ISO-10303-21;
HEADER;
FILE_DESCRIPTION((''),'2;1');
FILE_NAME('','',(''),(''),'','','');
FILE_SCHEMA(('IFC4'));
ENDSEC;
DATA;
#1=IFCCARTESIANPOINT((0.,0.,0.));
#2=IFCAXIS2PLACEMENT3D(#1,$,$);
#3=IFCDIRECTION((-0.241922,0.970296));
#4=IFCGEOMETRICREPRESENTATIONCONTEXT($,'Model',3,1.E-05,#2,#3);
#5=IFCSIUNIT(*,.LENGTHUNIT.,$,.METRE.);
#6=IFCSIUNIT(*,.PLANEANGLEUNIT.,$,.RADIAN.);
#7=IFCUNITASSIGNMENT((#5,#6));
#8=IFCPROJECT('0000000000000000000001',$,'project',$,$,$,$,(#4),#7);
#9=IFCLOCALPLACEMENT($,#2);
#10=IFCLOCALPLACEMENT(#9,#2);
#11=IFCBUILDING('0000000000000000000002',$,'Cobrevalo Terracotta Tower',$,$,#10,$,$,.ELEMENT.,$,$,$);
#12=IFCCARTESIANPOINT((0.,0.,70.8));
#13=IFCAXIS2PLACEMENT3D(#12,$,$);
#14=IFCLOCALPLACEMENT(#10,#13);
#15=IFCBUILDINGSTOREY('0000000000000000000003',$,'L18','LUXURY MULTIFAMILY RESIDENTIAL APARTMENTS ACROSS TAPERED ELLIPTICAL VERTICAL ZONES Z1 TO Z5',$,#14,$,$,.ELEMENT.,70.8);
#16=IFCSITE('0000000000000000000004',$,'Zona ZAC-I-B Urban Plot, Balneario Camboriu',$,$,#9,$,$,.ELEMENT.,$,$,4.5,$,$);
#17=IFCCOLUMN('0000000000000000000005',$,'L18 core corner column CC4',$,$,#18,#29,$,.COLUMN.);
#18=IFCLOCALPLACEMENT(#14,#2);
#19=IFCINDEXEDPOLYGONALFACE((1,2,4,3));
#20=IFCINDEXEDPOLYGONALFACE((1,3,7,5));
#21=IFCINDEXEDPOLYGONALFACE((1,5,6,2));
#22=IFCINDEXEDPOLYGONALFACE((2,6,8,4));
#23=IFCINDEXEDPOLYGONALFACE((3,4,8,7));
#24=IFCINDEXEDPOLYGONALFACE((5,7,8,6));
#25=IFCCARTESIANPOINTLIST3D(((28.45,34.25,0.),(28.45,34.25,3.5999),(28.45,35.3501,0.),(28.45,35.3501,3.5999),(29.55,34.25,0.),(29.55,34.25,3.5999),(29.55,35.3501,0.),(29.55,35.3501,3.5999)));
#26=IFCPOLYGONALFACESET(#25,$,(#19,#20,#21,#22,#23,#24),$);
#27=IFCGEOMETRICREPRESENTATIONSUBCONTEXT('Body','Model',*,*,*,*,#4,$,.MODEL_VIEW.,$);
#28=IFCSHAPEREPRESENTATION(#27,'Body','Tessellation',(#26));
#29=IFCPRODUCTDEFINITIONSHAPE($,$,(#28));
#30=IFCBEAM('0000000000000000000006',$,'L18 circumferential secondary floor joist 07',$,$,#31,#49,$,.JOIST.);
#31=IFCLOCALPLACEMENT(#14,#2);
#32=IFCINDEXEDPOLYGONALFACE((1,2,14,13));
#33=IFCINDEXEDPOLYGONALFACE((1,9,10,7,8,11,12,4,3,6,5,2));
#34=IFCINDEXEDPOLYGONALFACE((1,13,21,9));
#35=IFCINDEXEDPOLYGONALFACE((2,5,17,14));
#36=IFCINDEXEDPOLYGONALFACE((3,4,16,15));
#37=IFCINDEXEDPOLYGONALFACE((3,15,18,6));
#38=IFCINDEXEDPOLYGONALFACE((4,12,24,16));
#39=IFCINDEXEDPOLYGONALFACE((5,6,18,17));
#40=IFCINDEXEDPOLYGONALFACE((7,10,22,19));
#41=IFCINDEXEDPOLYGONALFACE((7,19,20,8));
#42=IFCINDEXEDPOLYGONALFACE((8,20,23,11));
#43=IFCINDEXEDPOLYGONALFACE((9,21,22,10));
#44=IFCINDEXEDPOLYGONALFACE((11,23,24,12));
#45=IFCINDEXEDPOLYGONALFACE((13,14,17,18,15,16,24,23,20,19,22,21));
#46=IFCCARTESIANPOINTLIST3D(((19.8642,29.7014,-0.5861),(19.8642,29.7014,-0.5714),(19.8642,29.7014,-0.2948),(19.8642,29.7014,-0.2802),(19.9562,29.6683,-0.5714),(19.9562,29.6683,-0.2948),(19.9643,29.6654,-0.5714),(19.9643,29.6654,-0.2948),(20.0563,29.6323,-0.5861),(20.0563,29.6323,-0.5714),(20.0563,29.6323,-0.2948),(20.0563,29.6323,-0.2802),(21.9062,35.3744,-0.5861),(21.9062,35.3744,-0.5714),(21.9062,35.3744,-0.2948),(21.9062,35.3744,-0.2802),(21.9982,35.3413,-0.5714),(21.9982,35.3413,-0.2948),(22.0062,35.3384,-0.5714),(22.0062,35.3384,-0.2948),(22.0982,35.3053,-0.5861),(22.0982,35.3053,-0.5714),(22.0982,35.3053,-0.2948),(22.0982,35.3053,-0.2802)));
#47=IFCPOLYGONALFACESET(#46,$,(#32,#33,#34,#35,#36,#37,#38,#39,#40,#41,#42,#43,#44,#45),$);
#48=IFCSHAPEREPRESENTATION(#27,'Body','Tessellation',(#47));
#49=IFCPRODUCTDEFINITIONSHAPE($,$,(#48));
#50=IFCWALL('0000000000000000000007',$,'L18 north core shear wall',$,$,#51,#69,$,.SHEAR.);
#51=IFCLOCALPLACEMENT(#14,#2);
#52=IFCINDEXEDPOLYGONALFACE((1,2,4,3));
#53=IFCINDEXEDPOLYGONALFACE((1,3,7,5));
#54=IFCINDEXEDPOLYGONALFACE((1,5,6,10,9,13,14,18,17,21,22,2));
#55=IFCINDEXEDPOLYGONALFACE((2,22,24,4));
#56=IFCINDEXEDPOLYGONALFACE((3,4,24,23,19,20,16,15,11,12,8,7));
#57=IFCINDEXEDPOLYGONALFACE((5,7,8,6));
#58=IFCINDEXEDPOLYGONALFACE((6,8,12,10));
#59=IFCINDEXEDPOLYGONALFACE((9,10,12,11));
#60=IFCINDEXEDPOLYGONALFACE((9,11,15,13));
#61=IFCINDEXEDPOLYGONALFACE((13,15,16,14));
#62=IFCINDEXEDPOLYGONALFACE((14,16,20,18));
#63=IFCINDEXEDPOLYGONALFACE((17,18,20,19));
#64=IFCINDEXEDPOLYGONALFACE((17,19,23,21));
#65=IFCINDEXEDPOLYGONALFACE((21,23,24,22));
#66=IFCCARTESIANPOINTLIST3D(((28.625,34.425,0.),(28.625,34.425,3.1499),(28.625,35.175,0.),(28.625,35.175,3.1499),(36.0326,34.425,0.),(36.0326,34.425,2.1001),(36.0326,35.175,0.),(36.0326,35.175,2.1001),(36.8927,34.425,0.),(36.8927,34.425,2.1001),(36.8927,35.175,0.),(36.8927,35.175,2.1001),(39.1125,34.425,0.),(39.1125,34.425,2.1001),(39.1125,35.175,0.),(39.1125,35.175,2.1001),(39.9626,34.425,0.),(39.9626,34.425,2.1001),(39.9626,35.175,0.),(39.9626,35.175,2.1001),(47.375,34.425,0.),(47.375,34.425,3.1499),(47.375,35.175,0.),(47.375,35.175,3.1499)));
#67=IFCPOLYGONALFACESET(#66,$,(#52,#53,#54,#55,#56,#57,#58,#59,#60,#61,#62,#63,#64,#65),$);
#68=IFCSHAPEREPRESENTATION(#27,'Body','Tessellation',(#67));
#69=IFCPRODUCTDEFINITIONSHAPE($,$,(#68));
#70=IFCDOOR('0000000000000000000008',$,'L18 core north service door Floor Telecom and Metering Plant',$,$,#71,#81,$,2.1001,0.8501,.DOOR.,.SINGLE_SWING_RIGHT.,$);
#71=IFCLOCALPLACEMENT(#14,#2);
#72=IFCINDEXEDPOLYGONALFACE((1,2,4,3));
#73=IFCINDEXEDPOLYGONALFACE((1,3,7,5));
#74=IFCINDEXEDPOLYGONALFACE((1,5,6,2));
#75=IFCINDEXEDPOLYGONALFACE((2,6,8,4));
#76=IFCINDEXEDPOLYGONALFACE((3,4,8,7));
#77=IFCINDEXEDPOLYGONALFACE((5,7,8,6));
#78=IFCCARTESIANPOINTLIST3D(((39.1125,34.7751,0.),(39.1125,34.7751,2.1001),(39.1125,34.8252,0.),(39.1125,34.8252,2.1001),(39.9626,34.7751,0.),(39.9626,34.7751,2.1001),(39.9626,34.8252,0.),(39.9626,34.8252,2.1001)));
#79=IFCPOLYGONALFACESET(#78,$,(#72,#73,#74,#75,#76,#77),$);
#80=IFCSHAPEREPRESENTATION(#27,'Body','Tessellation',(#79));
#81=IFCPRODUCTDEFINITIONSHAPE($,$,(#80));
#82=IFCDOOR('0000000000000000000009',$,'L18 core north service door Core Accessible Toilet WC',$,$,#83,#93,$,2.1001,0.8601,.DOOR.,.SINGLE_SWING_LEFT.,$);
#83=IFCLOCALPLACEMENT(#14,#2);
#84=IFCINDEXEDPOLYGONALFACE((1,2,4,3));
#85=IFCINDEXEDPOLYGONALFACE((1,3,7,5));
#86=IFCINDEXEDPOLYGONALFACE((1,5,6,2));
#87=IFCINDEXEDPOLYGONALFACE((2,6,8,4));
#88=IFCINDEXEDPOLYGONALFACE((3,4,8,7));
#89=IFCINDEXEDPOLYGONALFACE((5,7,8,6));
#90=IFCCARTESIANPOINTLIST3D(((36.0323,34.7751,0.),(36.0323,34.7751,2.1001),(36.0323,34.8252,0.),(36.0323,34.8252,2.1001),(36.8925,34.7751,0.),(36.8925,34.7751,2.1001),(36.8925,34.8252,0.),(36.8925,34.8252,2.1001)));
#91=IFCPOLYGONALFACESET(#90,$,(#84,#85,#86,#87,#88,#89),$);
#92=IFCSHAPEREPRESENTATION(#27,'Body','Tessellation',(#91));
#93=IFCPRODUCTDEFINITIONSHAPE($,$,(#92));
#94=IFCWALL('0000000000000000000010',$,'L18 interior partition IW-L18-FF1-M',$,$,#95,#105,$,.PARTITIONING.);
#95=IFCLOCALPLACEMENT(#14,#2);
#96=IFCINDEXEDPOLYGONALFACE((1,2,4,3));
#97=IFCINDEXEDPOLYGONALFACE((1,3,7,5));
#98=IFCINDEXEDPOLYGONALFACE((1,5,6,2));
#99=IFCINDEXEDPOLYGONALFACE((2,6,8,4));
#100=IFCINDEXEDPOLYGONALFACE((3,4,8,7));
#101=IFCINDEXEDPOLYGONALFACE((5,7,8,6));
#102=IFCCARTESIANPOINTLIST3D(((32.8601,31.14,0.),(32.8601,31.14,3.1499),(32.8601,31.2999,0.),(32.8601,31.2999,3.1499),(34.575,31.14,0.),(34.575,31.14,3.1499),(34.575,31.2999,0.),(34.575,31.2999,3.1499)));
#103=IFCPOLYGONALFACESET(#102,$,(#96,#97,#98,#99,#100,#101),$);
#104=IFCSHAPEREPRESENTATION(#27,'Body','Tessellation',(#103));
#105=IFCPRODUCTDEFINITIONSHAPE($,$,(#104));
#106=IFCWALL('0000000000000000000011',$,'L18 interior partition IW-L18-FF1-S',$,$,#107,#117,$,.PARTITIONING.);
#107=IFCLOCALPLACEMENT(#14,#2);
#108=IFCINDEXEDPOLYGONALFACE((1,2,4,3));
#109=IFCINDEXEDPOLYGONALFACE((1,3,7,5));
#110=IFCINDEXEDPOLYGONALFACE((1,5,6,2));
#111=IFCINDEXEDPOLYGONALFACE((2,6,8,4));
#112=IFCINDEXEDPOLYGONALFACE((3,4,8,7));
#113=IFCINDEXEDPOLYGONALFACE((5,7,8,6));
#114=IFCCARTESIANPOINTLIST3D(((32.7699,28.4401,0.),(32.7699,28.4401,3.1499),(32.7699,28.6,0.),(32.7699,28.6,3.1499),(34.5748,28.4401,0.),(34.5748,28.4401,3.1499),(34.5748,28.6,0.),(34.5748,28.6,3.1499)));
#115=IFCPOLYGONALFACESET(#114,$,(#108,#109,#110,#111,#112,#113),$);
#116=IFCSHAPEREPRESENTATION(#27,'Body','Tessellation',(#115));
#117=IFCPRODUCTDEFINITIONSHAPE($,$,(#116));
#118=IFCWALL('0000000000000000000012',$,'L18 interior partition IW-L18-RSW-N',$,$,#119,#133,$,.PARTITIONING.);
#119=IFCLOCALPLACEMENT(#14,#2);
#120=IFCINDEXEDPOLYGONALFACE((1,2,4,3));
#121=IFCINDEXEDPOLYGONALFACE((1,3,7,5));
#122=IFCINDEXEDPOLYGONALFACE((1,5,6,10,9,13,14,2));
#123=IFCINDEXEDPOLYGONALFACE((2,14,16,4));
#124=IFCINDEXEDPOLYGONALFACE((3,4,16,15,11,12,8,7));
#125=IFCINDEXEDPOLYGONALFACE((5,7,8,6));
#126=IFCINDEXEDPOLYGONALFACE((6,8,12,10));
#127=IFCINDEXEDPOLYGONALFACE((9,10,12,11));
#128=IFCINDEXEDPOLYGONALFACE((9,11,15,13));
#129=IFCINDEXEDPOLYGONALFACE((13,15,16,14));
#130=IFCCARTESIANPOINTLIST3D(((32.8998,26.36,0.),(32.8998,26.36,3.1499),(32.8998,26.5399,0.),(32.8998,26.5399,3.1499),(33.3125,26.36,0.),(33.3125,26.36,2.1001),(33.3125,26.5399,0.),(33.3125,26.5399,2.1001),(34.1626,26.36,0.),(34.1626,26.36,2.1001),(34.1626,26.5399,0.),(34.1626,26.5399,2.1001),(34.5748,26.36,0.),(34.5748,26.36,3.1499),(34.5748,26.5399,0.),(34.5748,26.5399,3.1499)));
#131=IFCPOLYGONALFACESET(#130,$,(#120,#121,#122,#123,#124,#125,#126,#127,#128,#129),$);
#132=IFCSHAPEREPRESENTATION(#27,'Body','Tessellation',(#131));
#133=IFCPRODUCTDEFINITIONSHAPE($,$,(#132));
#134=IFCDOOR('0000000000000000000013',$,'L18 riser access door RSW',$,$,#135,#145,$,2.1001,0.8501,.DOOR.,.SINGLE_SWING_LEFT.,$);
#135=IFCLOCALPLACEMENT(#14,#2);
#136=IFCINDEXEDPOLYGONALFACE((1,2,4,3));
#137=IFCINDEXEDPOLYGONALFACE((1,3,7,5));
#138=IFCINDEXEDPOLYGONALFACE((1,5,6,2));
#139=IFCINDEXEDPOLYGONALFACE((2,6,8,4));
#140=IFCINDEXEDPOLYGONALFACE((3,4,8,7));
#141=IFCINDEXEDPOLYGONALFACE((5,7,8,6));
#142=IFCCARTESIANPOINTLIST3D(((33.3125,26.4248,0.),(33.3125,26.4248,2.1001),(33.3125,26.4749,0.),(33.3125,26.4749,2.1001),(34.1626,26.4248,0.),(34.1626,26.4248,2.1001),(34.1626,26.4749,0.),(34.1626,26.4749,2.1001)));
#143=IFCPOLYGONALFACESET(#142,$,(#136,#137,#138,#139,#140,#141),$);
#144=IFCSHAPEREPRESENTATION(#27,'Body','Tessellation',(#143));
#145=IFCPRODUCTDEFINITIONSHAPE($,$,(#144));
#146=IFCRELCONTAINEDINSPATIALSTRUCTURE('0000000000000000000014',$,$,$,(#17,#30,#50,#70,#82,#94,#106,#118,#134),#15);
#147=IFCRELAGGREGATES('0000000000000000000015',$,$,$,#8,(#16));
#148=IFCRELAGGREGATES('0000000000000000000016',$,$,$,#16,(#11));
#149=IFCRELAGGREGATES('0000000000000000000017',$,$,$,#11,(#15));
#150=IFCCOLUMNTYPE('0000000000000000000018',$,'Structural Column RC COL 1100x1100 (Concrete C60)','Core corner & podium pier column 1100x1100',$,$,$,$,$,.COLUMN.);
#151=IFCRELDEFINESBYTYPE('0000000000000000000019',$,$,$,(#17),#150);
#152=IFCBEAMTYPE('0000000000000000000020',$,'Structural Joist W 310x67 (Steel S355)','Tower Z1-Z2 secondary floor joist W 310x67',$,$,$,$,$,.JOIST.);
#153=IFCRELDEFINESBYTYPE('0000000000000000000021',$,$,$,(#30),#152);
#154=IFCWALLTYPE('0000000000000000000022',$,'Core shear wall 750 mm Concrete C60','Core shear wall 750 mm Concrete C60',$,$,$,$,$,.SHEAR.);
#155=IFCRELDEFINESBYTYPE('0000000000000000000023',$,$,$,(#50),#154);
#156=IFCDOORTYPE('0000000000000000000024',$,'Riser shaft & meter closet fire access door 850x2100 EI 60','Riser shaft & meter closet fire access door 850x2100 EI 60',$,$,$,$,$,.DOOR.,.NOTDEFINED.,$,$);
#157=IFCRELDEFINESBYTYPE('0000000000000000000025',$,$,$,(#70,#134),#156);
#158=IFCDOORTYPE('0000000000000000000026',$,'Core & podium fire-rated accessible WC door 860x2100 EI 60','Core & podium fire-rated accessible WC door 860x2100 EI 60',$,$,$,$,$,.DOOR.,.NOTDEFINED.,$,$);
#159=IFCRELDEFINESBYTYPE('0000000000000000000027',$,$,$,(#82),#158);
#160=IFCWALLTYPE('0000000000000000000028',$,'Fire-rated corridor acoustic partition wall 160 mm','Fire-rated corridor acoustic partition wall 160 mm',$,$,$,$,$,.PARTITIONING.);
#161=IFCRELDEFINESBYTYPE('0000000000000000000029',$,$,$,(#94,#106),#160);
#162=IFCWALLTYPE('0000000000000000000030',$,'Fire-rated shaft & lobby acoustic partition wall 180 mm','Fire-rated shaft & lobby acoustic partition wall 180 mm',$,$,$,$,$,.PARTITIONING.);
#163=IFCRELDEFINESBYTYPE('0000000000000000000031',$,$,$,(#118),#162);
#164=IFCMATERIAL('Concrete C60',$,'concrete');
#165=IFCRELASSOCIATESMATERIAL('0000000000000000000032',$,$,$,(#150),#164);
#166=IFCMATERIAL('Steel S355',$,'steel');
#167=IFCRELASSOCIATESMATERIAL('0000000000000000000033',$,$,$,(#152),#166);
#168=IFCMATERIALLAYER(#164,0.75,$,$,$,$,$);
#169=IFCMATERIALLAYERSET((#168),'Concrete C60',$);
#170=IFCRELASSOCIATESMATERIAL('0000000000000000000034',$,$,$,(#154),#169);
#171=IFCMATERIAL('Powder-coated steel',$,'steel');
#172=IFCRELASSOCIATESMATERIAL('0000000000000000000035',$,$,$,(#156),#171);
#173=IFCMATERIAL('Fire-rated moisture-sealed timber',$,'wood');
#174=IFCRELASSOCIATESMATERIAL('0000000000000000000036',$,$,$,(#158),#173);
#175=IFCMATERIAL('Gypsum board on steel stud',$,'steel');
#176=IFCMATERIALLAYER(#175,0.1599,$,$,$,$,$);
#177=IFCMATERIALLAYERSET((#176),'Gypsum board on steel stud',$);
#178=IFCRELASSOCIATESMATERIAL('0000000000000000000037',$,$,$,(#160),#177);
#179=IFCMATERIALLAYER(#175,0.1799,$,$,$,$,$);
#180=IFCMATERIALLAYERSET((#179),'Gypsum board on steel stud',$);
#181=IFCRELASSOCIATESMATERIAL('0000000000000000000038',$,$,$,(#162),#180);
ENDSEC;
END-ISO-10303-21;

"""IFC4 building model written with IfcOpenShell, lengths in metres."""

from ifc_helpers import new_model, si_unit, direction, frame, frame_2d, origin, origin_2d, place, context, subcontext, project, spatial, rectangle, i_section, extrude, source, transform, mapped, material, layer, layer_set, material_profile, profile_set, type_object, element, fill, save


model = new_model("IFC4")

# Units and contexts
model_context = context("Model", 3, precision=1e-05, world=origin(), true_north=direction((-0.241922, 0.970296)))
body_context = subcontext(model_context, "Body", "Model", "MODEL_VIEW")
ifc_project = project(units=[si_unit("LENGTHUNIT", "METRE"), si_unit("PLANEANGLEUNIT", "RADIAN")], contexts=[model_context])

# Site, building, storey
site_placement = place(None, origin())
site = spatial("IfcSite", under=ifc_project, at=site_placement, Name="Zona ZAC-I-B Urban Plot, Balneario Camboriu", CompositionType="ELEMENT", RefElevation=4.5)
building_placement = place(site_placement, origin())
building = spatial("IfcBuilding", under=site, at=building_placement, Name="Cobrevalo Terracotta Tower", CompositionType="ELEMENT")
storey_placement = place(building_placement, frame((0.0, 0.0, 70.8)))
storey = spatial("IfcBuildingStorey", under=building, at=storey_placement, Name="L18", Description="LUXURY MULTIFAMILY RESIDENTIAL APARTMENTS ACROSS TAPERED ELLIPTICAL VERTICAL ZONES Z1 TO Z5", CompositionType="ELEMENT", Elevation=70.8)

# Column
ifc_material_1 = material(Name="Concrete C60", Category="concrete")
ifc_material_profile_1 = material_profile(ifc_material_1, rectangle(XDim=1.1001, YDim=1.1001, at=origin_2d()), Name="RC COL 1100x1100")
ifc_profile_set_1 = profile_set([ifc_material_profile_1], Name="Concrete C60")
column_type = type_object("IfcColumnType", Name="Structural Column RC COL 1100x1100 (Concrete C60)", Description="Core corner & podium pier column 1100x1100", PredefinedType="COLUMN", material=ifc_profile_set_1)
column_placement = place(storey_placement, frame((29.0, 34.8, 0.0), z_axis=(0.0, 0.0, 1.0), x_axis=(1.0, 0.0, 0.0)))
element("IfcColumn", 1, at=column_placement, inside=storey, type_object=column_type, Name="L18 core corner column CC4", PredefinedType="COLUMN", context=body_context, shape_type="SweptSolid", body=[
    extrude(rectangle(XDim=1.1001, YDim=1.1001, at=origin_2d()), origin(), (0.0, 0.0, 1.0), 3.5999),
])

# Beam
ifc_material_2 = material(Name="Steel S355", Category="steel")
ifc_material_profile_2 = material_profile(ifc_material_2, i_section(OverallWidth=0.2041, OverallDepth=0.3059, WebThickness=0.0085, FlangeThickness=0.0146, at=origin_2d()), Name="W 310x67")
ifc_profile_set_2 = profile_set([ifc_material_profile_2], Name="Steel S355")
beam_type = type_object("IfcBeamType", Name="Structural Joist W 310x67 (Steel S355)", Description="Tower Z1-Z2 secondary floor joist W 310x67", PredefinedType="JOIST", material=ifc_profile_set_2)
beam_placement = place(storey_placement, frame((22.0022, 35.3398, -0.4331), z_axis=(-0.338672, -0.940904, 0.0), x_axis=(0.940904, -0.338672, 0.0)))
element("IfcBeam", 2, at=beam_placement, inside=storey, type_object=beam_type, Name="L18 circumferential secondary floor joist 07", PredefinedType="JOIST", context=body_context, shape_type="SweptSolid", body=[
    extrude(i_section(OverallWidth=0.2041, OverallDepth=0.3059, WebThickness=0.0085, FlangeThickness=0.0146, at=origin_2d()), origin(), (0.0, 0.0, 1.0), 6.0293),
])

# Wall, openings, doors
ifc_layer_1 = layer(ifc_material_1, 0.75)
ifc_layer_set_1 = layer_set([ifc_layer_1], Name="Concrete C60")
wall_type_1 = type_object("IfcWallType", Name="Core shear wall 750 mm Concrete C60", Description="Core shear wall 750 mm Concrete C60", PredefinedType="SHEAR", material=ifc_layer_set_1)
wall_1_placement = place(storey_placement, frame((28.625, 34.8, 0.0), z_axis=(0.0, 0.0, 1.0), x_axis=(1.0, 0.0, 0.0)))
wall_1 = element("IfcWall", 3, at=wall_1_placement, inside=storey, type_object=wall_type_1, Name="L18 north core shear wall", PredefinedType="SHEAR", context=body_context, shape_type="SweptSolid", body=[
    extrude(rectangle(XDim=18.75, YDim=0.75, at=frame_2d((9.375, 0.0))), origin(), (0.0, 0.0, 1.0), 3.1499),
])
opening_1_placement = place(wall_1_placement, frame((7.4075, 0.0, 0.0)))
opening_1 = element("IfcOpeningElement", 4, at=opening_1_placement, cuts=wall_1, PredefinedType="OPENING", context=body_context, shape_type="SweptSolid", body=[
    extrude(rectangle(XDim=0.8601, YDim=2.1001, at=frame_2d((0.4302, 1.05))), frame((0.0, 0.385, 0.0), z_axis=(0.0, -1.0, 0.0), x_axis=(1.0, 0.0, 0.0)), (0.0, 0.0, 1.0), 0.77),
])
opening_2_placement = place(wall_1_placement, frame((10.4875, 0.0, 0.0)))
opening_2 = element("IfcOpeningElement", 5, at=opening_2_placement, cuts=wall_1, PredefinedType="OPENING", context=body_context, shape_type="SweptSolid", body=[
    extrude(rectangle(XDim=0.8501, YDim=2.1001, at=frame_2d((0.425, 1.05))), frame((0.0, 0.385, 0.0), z_axis=(0.0, -1.0, 0.0), x_axis=(1.0, 0.0, 0.0)), (0.0, 0.0, 1.0), 0.77),
])
ifc_material_3 = material(Name="Powder-coated steel", Category="steel")
door_type_1 = type_object("IfcDoorType", Name="Riser shaft & meter closet fire access door 850x2100 EI 60", Description="Riser shaft & meter closet fire access door 850x2100 EI 60", OperationType="NOTDEFINED", PredefinedType="DOOR", material=ifc_material_3)
shared_shape_1 = source(origin(), body_context, "Body", "SweptSolid", [
    extrude(rectangle(XDim=0.8501, YDim=2.1001, at=frame_2d((0.425, 1.05))), frame((0.0, 0.0249, 0.0), z_axis=(0.0, -1.0, 0.0), x_axis=(1.0, 0.0, 0.0)), (0.0, 0.0, 1.0), 0.05),
])
door_1_placement = place(opening_2_placement, frame((0.8501, 0.0, 0.0), z_axis=(0.0, 0.0, 1.0), x_axis=(-1.0, 0.0, 0.0)))
door_1 = element("IfcDoor", 6, at=door_1_placement, inside=storey, type_object=door_type_1, Name="L18 core north service door Floor Telecom and Metering Plant", OperationType="SINGLE_SWING_RIGHT", OverallHeight=2.1001, OverallWidth=0.8501, PredefinedType="DOOR", context=body_context, shape_type="MappedRepresentation", body=[
    mapped(shared_shape_1, transform((0.0, 0.0, 0.0), scale=1.0)),
])
fill(opening_2, door_1)
ifc_material_4 = material(Name="Fire-rated moisture-sealed timber", Category="wood")
door_type_2 = type_object("IfcDoorType", Name="Core & podium fire-rated accessible WC door 860x2100 EI 60", Description="Core & podium fire-rated accessible WC door 860x2100 EI 60", OperationType="NOTDEFINED", PredefinedType="DOOR", material=ifc_material_4)
shared_shape_2 = source(origin(), body_context, "Body", "SweptSolid", [
    extrude(rectangle(XDim=0.8601, YDim=2.1001, at=frame_2d((0.4302, 1.05))), frame((0.0, 0.0249, 0.0), z_axis=(0.0, -1.0, 0.0), x_axis=(1.0, 0.0, 0.0)), (0.0, 0.0, 1.0), 0.05),
])
door_2_placement = place(opening_1_placement, frame((0.8601, 0.0, 0.0), z_axis=(0.0, 0.0, 1.0), x_axis=(-1.0, 0.0, 0.0)))
door_2 = element("IfcDoor", 7, at=door_2_placement, inside=storey, type_object=door_type_2, Name="L18 core north service door Core Accessible Toilet WC", OperationType="SINGLE_SWING_LEFT", OverallHeight=2.1001, OverallWidth=0.8601, PredefinedType="DOOR", context=body_context, shape_type="MappedRepresentation", body=[
    mapped(shared_shape_2, transform((0.0, 0.0, 0.0), scale=1.0)),
])
fill(opening_1, door_2)

# Walls
ifc_material_5 = material(Name="Gypsum board on steel stud", Category="steel")
ifc_layer_2 = layer(ifc_material_5, 0.1599)
ifc_layer_set_2 = layer_set([ifc_layer_2], Name="Gypsum board on steel stud")
wall_type_2 = type_object("IfcWallType", Name="Fire-rated corridor acoustic partition wall 160 mm", Description="Fire-rated corridor acoustic partition wall 160 mm", PredefinedType="PARTITIONING", material=ifc_layer_set_2)
wall_2_placement = place(storey_placement, frame((32.8601, 31.22, 0.0), z_axis=(0.0, 0.0, 1.0), x_axis=(1.0, 0.0, 0.0)))
element("IfcWall", 8, at=wall_2_placement, inside=storey, type_object=wall_type_2, Name="L18 interior partition IW-L18-FF1-M", PredefinedType="PARTITIONING", context=body_context, shape_type="SweptSolid", body=[
    extrude(rectangle(XDim=1.7148, YDim=0.1599, at=frame_2d((0.8574, 0.0))), origin(), (0.0, 0.0, 1.0), 3.1499),
])
wall_3_placement = place(storey_placement, frame((32.77, 28.52, 0.0), z_axis=(0.0, 0.0, 1.0), x_axis=(1.0, 0.0, 0.0)))
element("IfcWall", 9, at=wall_3_placement, inside=storey, type_object=wall_type_2, Name="L18 interior partition IW-L18-FF1-S", PredefinedType="PARTITIONING", context=body_context, shape_type="SweptSolid", body=[
    extrude(rectangle(XDim=1.8049, YDim=0.1599, at=frame_2d((0.9023, 0.0))), origin(), (0.0, 0.0, 1.0), 3.1499),
])

# Wall, opening, door
ifc_layer_3 = layer(ifc_material_5, 0.1799)
ifc_layer_set_3 = layer_set([ifc_layer_3], Name="Gypsum board on steel stud")
wall_type_3 = type_object("IfcWallType", Name="Fire-rated shaft & lobby acoustic partition wall 180 mm", Description="Fire-rated shaft & lobby acoustic partition wall 180 mm", PredefinedType="PARTITIONING", material=ifc_layer_set_3)
wall_4_placement = place(storey_placement, frame((32.8999, 26.45, 0.0), z_axis=(0.0, 0.0, 1.0), x_axis=(1.0, 0.0, 0.0)))
wall_4 = element("IfcWall", 10, at=wall_4_placement, inside=storey, type_object=wall_type_3, Name="L18 interior partition IW-L18-RSW-N", PredefinedType="PARTITIONING", context=body_context, shape_type="SweptSolid", body=[
    extrude(rectangle(XDim=1.675, YDim=0.1799, at=frame_2d((0.8374, 0.0))), origin(), (0.0, 0.0, 1.0), 3.1499),
])
opening_3_placement = place(wall_4_placement, frame((0.4126, 0.0, 0.0)))
opening_3 = element("IfcOpeningElement", 11, at=opening_3_placement, cuts=wall_4, PredefinedType="OPENING", context=body_context, shape_type="SweptSolid", body=[
    extrude(rectangle(XDim=0.8501, YDim=2.1001, at=frame_2d((0.425, 1.05))), frame((0.0, 0.1001, 0.0), z_axis=(0.0, -1.0, 0.0), x_axis=(1.0, 0.0, 0.0)), (0.0, 0.0, 1.0), 0.2),
])
door_3_placement = place(opening_3_placement, origin())
door_3 = element("IfcDoor", 12, at=door_3_placement, inside=storey, type_object=door_type_1, Name="L18 riser access door RSW", OperationType="SINGLE_SWING_LEFT", OverallHeight=2.1001, OverallWidth=0.8501, PredefinedType="DOOR", context=body_context, shape_type="MappedRepresentation", body=[
    mapped(shared_shape_1, transform((0.0, 0.0, 0.0), scale=1.0)),
])
fill(opening_3, door_3)

save(model, "model.ifc")
